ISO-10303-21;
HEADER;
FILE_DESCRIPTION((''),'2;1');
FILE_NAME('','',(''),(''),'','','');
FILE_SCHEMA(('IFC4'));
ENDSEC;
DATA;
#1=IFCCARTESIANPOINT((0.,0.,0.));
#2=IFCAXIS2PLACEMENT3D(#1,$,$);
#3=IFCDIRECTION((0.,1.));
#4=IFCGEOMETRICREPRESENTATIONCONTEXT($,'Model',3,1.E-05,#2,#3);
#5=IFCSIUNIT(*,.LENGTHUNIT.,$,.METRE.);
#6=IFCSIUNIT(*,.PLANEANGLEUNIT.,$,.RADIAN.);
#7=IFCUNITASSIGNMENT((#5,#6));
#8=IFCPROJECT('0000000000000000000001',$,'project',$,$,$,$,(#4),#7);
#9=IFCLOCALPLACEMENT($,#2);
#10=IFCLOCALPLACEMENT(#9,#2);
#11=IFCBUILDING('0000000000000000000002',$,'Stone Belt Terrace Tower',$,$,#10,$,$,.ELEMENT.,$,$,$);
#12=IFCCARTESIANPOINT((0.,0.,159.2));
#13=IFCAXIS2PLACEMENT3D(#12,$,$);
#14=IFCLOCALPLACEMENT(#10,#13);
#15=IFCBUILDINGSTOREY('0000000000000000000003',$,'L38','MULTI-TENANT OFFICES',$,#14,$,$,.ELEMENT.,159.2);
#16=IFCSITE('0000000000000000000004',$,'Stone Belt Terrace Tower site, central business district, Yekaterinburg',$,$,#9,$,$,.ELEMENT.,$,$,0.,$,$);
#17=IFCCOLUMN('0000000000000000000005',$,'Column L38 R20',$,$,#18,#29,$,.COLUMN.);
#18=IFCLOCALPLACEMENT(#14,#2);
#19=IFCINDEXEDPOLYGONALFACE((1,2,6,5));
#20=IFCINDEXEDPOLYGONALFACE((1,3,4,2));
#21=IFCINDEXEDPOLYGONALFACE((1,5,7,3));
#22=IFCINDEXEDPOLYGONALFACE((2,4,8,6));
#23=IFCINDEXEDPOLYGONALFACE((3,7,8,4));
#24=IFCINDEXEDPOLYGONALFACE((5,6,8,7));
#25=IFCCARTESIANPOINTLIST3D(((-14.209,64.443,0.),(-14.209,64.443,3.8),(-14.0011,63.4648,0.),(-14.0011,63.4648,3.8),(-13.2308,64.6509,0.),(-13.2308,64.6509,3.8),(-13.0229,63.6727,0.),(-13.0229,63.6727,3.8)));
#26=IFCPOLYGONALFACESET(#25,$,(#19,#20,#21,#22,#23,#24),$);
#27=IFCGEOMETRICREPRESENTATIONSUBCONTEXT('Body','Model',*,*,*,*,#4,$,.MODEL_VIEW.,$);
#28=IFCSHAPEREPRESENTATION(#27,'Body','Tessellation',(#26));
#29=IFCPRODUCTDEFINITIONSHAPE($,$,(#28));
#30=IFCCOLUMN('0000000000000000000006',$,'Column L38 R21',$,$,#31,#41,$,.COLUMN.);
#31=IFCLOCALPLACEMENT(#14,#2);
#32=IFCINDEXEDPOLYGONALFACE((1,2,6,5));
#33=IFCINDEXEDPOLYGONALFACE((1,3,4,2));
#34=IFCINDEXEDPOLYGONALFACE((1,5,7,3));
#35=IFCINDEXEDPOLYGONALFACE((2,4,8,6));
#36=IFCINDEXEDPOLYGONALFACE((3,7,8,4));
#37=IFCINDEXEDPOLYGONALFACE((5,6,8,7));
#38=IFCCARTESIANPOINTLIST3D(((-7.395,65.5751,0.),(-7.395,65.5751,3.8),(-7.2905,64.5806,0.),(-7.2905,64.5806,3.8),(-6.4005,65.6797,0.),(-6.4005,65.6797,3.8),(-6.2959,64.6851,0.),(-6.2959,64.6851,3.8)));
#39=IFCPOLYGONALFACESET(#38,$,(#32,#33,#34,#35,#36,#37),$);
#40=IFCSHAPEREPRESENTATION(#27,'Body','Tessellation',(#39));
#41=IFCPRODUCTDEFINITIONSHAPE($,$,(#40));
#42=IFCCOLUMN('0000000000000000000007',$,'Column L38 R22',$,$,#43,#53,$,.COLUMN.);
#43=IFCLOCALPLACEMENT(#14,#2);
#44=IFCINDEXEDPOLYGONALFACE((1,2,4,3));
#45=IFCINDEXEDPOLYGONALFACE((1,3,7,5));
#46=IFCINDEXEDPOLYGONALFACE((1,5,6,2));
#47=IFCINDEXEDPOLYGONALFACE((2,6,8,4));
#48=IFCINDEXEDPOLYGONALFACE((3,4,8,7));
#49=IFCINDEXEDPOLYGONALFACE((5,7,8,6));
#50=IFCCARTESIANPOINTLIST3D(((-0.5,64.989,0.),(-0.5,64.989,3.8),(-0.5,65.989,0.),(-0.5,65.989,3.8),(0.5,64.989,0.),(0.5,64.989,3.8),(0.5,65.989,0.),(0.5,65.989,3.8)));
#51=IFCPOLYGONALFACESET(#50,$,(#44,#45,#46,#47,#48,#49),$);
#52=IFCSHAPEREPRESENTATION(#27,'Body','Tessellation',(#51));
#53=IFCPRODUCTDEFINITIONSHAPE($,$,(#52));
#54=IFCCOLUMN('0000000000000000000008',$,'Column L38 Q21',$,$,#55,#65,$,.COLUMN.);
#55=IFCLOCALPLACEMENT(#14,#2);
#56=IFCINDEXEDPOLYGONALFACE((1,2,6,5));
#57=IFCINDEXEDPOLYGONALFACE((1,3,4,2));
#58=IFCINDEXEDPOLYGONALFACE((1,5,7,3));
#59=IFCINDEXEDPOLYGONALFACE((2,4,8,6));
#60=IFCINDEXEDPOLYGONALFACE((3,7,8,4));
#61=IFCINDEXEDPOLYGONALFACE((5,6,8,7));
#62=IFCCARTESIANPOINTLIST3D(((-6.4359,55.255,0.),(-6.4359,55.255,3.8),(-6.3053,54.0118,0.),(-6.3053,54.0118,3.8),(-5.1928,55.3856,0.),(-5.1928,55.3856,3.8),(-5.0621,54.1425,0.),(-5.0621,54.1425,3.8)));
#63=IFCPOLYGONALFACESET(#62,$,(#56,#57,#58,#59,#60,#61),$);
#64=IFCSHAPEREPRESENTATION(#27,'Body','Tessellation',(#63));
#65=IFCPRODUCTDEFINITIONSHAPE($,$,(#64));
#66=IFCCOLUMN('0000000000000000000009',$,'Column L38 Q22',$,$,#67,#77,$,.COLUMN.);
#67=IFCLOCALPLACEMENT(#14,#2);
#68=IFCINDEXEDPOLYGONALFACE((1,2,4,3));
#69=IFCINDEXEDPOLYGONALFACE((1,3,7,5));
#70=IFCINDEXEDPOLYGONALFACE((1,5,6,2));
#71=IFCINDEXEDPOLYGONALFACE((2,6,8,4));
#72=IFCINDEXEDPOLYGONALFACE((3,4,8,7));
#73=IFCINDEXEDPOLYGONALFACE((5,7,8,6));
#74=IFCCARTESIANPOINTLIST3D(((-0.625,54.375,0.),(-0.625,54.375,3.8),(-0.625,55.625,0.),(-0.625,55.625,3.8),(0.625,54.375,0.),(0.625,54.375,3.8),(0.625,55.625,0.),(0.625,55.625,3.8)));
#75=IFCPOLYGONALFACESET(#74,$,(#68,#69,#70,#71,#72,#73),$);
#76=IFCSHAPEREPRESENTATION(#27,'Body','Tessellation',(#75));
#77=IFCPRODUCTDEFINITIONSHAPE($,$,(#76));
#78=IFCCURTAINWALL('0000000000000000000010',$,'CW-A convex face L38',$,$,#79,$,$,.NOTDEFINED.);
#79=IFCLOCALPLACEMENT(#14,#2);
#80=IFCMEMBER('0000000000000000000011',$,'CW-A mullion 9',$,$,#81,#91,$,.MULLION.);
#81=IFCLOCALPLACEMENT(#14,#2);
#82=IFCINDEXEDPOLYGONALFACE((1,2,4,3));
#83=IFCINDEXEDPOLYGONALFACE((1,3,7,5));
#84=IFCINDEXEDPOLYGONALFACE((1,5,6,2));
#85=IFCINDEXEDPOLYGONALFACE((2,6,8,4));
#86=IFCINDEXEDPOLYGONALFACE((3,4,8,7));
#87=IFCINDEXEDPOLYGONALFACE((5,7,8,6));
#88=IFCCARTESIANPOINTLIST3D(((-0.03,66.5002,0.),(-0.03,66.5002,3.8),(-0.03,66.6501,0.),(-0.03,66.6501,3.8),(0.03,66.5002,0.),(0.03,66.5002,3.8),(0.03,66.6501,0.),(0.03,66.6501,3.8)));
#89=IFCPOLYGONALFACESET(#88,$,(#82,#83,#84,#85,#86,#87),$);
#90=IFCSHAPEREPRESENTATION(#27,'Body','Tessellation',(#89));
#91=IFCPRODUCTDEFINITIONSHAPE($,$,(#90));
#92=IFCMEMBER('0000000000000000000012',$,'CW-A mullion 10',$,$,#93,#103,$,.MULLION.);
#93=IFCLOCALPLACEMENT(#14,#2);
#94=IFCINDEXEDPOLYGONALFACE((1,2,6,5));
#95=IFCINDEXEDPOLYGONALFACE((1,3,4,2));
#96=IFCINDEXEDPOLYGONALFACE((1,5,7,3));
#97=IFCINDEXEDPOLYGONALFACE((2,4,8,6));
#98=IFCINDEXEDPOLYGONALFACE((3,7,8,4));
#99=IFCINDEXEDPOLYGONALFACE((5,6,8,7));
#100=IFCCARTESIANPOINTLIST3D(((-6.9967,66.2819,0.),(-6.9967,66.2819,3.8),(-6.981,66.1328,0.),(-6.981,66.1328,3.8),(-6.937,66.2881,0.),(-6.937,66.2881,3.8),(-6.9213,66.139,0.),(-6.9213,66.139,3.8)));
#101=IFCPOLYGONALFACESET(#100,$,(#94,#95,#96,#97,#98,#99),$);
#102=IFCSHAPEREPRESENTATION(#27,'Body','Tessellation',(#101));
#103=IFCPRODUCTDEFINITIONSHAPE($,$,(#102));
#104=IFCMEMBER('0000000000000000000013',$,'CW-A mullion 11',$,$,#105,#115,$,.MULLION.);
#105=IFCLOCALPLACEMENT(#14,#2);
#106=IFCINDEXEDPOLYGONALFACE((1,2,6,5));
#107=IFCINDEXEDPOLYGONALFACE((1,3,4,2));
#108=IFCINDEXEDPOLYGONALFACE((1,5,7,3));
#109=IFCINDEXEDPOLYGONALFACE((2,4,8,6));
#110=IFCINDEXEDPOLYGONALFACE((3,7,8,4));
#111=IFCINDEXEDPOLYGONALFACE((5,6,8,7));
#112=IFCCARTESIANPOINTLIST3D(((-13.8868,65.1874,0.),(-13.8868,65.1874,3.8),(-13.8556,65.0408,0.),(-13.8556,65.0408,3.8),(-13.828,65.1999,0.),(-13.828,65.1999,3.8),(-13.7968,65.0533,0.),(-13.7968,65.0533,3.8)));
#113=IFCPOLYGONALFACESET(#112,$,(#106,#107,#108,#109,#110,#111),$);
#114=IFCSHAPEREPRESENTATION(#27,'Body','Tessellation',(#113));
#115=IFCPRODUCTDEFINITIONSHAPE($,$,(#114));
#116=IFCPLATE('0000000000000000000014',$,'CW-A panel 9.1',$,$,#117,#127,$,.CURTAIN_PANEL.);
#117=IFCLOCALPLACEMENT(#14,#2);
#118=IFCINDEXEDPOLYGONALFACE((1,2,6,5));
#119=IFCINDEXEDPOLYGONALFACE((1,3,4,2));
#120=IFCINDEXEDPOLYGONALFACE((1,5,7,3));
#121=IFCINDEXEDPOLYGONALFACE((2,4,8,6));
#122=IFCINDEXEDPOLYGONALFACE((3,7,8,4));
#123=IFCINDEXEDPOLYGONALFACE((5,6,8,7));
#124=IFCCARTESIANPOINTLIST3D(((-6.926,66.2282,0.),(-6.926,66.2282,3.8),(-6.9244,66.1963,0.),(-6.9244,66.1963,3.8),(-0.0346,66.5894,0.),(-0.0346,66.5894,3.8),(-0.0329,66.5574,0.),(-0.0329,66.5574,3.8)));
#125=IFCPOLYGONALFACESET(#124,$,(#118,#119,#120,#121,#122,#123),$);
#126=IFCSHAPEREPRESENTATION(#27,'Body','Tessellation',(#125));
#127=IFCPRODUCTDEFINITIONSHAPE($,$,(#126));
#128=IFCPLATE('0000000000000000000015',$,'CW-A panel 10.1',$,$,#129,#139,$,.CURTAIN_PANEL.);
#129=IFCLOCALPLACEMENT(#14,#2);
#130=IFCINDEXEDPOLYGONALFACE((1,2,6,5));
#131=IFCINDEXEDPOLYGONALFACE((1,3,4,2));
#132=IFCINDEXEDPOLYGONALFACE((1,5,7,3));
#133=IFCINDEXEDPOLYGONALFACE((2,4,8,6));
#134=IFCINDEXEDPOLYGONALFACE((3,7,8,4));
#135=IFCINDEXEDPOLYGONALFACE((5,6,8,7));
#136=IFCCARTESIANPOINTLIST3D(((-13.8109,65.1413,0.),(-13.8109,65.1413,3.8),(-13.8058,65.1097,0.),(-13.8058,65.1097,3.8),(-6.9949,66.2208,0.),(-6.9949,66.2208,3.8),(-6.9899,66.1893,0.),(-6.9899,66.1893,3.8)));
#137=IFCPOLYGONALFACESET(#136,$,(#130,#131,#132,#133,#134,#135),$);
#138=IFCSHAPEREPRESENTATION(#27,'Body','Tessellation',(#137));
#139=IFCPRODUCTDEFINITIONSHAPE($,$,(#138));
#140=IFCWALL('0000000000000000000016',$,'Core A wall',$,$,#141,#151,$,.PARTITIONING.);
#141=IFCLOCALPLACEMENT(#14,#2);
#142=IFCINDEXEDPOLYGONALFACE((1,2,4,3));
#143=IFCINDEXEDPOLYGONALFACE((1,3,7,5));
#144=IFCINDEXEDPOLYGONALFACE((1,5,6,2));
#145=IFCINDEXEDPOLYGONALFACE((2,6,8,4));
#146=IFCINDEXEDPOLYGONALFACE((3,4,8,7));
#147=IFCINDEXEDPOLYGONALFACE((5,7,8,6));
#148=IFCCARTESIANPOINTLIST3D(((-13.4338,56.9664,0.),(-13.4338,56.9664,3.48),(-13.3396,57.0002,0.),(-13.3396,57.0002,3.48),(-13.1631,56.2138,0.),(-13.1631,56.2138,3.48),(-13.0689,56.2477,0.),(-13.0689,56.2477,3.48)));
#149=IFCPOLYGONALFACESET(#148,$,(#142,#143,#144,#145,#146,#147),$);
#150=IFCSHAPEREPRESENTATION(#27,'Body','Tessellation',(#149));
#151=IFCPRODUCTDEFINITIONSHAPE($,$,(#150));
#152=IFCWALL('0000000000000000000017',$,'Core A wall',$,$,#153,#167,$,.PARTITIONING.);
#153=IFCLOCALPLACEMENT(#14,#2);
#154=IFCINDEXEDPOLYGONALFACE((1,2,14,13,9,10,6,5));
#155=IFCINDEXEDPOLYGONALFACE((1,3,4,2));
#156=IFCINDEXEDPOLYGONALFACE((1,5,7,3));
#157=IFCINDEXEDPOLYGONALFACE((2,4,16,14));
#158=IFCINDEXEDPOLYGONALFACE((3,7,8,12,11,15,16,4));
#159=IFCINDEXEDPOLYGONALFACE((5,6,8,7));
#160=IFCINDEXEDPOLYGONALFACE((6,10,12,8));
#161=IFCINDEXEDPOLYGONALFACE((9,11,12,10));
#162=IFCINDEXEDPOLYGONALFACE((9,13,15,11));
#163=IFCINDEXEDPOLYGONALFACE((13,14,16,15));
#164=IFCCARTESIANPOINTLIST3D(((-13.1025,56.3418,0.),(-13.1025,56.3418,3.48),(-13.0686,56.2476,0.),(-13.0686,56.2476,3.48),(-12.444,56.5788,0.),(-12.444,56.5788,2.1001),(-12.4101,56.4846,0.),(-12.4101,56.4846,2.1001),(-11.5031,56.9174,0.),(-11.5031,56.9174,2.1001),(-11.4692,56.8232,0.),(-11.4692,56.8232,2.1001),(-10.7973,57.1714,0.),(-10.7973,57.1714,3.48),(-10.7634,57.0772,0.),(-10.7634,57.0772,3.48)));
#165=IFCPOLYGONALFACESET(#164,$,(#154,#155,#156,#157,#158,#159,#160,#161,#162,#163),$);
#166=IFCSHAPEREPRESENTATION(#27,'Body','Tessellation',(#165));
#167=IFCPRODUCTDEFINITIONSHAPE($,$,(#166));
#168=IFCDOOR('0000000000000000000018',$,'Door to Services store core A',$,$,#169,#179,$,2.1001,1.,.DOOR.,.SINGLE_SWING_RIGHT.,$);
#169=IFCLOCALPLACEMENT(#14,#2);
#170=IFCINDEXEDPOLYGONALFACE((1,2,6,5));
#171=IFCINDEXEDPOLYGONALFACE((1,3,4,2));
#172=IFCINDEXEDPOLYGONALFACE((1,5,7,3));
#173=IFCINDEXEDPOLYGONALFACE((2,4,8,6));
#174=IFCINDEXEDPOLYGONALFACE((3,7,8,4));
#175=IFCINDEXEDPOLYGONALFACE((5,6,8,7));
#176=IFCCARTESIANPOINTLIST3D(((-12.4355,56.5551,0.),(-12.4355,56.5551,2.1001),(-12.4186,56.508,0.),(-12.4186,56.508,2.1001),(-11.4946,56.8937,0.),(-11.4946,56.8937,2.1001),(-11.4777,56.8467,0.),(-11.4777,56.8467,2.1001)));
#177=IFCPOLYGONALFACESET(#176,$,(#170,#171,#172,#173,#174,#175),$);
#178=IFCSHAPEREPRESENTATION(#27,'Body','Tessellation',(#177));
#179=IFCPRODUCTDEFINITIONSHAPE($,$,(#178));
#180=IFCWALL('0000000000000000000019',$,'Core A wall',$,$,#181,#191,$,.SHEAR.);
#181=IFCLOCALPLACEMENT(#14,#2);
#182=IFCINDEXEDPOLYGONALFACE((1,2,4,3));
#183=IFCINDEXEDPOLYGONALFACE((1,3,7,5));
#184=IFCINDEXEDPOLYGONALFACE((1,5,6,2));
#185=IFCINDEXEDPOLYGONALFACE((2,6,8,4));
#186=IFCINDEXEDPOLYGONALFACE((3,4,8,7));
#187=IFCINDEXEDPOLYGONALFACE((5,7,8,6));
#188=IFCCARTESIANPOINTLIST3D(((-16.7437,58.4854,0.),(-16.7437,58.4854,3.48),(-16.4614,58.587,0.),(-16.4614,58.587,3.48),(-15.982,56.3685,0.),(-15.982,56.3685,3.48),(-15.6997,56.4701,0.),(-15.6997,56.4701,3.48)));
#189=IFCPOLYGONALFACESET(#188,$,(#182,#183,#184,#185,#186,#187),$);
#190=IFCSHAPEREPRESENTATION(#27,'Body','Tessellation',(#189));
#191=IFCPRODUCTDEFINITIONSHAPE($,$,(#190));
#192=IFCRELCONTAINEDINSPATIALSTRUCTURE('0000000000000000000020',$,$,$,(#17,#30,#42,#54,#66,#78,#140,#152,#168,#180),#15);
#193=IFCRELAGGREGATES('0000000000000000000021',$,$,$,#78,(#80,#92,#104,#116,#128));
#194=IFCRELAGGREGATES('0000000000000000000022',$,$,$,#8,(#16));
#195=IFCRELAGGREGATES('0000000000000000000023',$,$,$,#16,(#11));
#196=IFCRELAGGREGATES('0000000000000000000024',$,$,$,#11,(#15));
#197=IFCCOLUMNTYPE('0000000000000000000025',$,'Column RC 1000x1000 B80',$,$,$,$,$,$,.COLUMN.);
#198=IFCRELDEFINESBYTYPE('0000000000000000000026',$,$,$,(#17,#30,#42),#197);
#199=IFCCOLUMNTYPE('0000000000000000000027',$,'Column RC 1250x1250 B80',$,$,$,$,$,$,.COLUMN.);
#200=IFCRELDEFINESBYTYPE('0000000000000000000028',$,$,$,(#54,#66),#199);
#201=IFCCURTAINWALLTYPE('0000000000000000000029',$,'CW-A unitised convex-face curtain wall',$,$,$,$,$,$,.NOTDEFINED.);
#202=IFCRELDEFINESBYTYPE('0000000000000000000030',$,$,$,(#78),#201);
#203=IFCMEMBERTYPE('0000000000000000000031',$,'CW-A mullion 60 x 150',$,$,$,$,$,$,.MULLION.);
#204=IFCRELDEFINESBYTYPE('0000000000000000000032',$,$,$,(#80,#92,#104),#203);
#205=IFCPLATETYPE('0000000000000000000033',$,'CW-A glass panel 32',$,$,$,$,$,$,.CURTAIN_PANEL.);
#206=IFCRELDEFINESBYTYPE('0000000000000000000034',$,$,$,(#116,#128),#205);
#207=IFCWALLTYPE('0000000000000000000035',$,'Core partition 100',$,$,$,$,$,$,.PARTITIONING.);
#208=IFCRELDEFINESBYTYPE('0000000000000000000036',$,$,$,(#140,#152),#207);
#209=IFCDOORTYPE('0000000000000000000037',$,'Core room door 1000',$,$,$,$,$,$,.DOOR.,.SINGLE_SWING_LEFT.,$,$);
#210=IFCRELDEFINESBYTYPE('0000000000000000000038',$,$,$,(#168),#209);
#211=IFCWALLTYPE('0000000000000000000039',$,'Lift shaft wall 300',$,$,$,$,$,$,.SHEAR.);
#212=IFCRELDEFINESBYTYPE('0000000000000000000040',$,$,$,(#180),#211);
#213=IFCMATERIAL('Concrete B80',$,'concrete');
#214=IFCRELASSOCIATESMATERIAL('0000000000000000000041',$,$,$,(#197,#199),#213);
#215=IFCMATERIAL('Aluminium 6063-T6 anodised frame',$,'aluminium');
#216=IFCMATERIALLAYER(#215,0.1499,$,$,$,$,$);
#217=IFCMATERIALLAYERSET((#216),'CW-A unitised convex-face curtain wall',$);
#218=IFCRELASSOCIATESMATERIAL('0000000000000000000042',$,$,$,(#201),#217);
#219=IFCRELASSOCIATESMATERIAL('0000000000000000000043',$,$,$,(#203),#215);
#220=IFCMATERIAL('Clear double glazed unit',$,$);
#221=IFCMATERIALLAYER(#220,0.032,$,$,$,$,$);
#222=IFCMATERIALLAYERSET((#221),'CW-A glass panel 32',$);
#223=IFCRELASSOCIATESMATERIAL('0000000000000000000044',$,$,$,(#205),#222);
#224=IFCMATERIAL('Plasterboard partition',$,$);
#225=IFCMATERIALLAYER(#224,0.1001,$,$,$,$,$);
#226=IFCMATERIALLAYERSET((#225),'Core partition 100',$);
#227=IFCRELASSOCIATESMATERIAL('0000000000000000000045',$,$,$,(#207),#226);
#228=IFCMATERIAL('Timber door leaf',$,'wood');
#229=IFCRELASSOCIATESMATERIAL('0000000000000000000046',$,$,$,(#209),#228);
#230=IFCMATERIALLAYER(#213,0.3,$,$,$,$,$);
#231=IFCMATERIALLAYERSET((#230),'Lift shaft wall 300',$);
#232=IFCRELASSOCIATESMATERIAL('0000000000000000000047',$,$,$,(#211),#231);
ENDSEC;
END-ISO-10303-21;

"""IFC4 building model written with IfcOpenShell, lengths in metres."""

from ifc_helpers import new_model, si_unit, direction, frame, frame_2d, origin, origin_2d, place, context, subcontext, project, spatial, rectangle, extrude, material, layer, layer_set, material_profile, profile_set, type_object, element, fill, aggregate, save


model = new_model("IFC4")

# Units and contexts
model_context = context("Model", 3, precision=1e-05, world=origin(), true_north=direction((0.0, 1.0)))
body_context = subcontext(model_context, "Body", "Model", "MODEL_VIEW")
ifc_project = project(units=[si_unit("LENGTHUNIT", "METRE"), si_unit("PLANEANGLEUNIT", "RADIAN")], contexts=[model_context])

# Site, building, storey
site_placement = place(None, origin())
site = spatial("IfcSite", under=ifc_project, at=site_placement, Name="Stone Belt Terrace Tower site, central business district, Yekaterinburg", CompositionType="ELEMENT", RefElevation=0.0)
building_placement = place(site_placement, origin())
building = spatial("IfcBuilding", under=site, at=building_placement, Name="Stone Belt Terrace Tower", CompositionType="ELEMENT")
storey_placement = place(building_placement, frame((0.0, 0.0, 159.2)))
storey = spatial("IfcBuildingStorey", under=building, at=storey_placement, Name="L38", Description="MULTI-TENANT OFFICES", CompositionType="ELEMENT", Elevation=159.2)

# Columns
ifc_material_1 = material(Name="Concrete B80", Category="concrete")
ifc_material_profile_1 = material_profile(ifc_material_1, rectangle(XDim=1.0, YDim=1.0, at=origin_2d()), Name="RC 1000x1000")
ifc_profile_set_1 = profile_set([ifc_material_profile_1], Name="Concrete B80")
column_type_1 = type_object("IfcColumnType", Name="Column RC 1000x1000 B80", PredefinedType="COLUMN", material=ifc_profile_set_1)
for number, where, z_axis, x_axis, name in (
    (1, (-13.616, 64.0579, 0.0), (0.0, 0.0, 1.0), (0.978148, 0.207912, 0.0), "Column L38 R20"),
    (2, (-6.8455, 65.1301, 0.0), (0.0, 0.0, 1.0), (0.994522, 0.104528, 0.0), "Column L38 R21"),
    (3, (0.0, 65.489, 0.0), (0.0, 0.0, 1.0), (1.0, 0.0, 0.0), "Column L38 R22"),
):
    element("IfcColumn", number, at=place(storey_placement, frame(where, z_axis=z_axis, x_axis=x_axis)), inside=storey, type_object=column_type_1, Name=name, PredefinedType="COLUMN", context=body_context, shape_type="SweptSolid", body=[
        extrude(rectangle(XDim=1.0, YDim=1.0, at=origin_2d()), origin(), (0.0, 0.0, 1.0), 3.8),
    ])
ifc_material_profile_2 = material_profile(ifc_material_1, rectangle(XDim=1.25, YDim=1.25, at=origin_2d()), Name="RC 1250x1250")
ifc_profile_set_2 = profile_set([ifc_material_profile_2], Name="Concrete B80")
column_type_2 = type_object("IfcColumnType", Name="Column RC 1250x1250 B80", PredefinedType="COLUMN", material=ifc_profile_set_2)
for number, where, z_axis, x_axis, name in (
    (4, (-5.749, 54.6987, 0.0), (0.0, 0.0, 1.0), (0.994522, 0.104528, 0.0), "Column L38 Q21"),
    (5, (0.0, 55.0, 0.0), (0.0, 0.0, 1.0), (1.0, 0.0, 0.0), "Column L38 Q22"),
):
    element("IfcColumn", number, at=place(storey_placement, frame(where, z_axis=z_axis, x_axis=x_axis)), inside=storey, type_object=column_type_2, Name=name, PredefinedType="COLUMN", context=body_context, shape_type="SweptSolid", body=[
        extrude(rectangle(XDim=1.25, YDim=1.25, at=origin_2d()), origin(), (0.0, 0.0, 1.0), 3.8),
    ])

# Curtain wall, members, plates
ifc_material_2 = material(Name="Aluminium 6063-T6 anodised frame", Category="aluminium")
ifc_layer_1 = layer(ifc_material_2, 0.1499)
ifc_layer_set_1 = layer_set([ifc_layer_1], Name="CW-A unitised convex-face curtain wall")
curtain_wall_type = type_object("IfcCurtainWallType", Name="CW-A unitised convex-face curtain wall", PredefinedType="NOTDEFINED", material=ifc_layer_set_1)
curtain_wall_placement = place(storey_placement, origin())
curtain_wall = element("IfcCurtainWall", 6, at=curtain_wall_placement, inside=storey, type_object=curtain_wall_type, Name="CW-A convex face L38", PredefinedType="NOTDEFINED")
ifc_material_profile_3 = material_profile(ifc_material_2, rectangle(XDim=0.1499, YDim=0.0601, at=origin_2d()), Name="Aluminium 6063-T6 60x150")
ifc_profile_set_3 = profile_set([ifc_material_profile_3], Name="Aluminium 6063-T6 anodised frame")
member_type = type_object("IfcMemberType", Name="CW-A mullion 60 x 150", PredefinedType="MULLION", material=ifc_profile_set_3)
member_1_placement = place(storey_placement, frame((0.0, 66.5752, 0.0), z_axis=(0.0, 0.0, 1.0), x_axis=(0.0, -1.0, 0.0)))
member_1 = element("IfcMember", 7, at=member_1_placement, type_object=member_type, Name="CW-A mullion 9", PredefinedType="MULLION", context=body_context, shape_type="SweptSolid", body=[
    extrude(rectangle(XDim=0.1499, YDim=0.0601, at=origin_2d()), origin(), (0.0, 0.0, 1.0), 3.8),
])
member_2_placement = place(storey_placement, frame((-6.959, 66.2104, 0.0), z_axis=(0.0, 0.0, 1.0), x_axis=(0.104528, -0.994522, 0.0)))
member_2 = element("IfcMember", 8, at=member_2_placement, type_object=member_type, Name="CW-A mullion 10", PredefinedType="MULLION", context=body_context, shape_type="SweptSolid", body=[
    extrude(rectangle(XDim=0.1499, YDim=0.0601, at=origin_2d()), origin(), (0.0, 0.0, 1.0), 3.8),
])
member_3_placement = place(storey_placement, frame((-13.8418, 65.1204, 0.0), z_axis=(0.0, 0.0, 1.0), x_axis=(0.207912, -0.978148, 0.0)))
member_3 = element("IfcMember", 9, at=member_3_placement, type_object=member_type, Name="CW-A mullion 11", PredefinedType="MULLION", context=body_context, shape_type="SweptSolid", body=[
    extrude(rectangle(XDim=0.1499, YDim=0.0601, at=origin_2d()), origin(), (0.0, 0.0, 1.0), 3.8),
])
ifc_material_3 = material(Name="Clear double glazed unit")
ifc_layer_2 = layer(ifc_material_3, 0.032)
ifc_layer_set_2 = layer_set([ifc_layer_2], Name="CW-A glass panel 32")
plate_type = type_object("IfcPlateType", Name="CW-A glass panel 32", PredefinedType="CURTAIN_PANEL", material=ifc_layer_set_2)
plate_1_placement = place(storey_placement, frame((-3.4795, 66.3928, 0.0), z_axis=(0.0, 0.0, 1.0), x_axis=(-0.99863, -0.052336, 0.0)))
plate_1 = element("IfcPlate", 10, at=plate_1_placement, type_object=plate_type, Name="CW-A panel 9.1", PredefinedType="CURTAIN_PANEL", context=body_context, shape_type="SweptSolid", body=[
    extrude(rectangle(XDim=6.9009, YDim=0.032, at=origin_2d()), origin(), (0.0, 0.0, 1.0), 3.8),
])
plate_2_placement = place(storey_placement, frame((-10.4004, 65.6653, 0.0), z_axis=(0.0, 0.0, 1.0), x_axis=(-0.987688, -0.156434, 0.0)))
plate_2 = element("IfcPlate", 11, at=plate_2_placement, type_object=plate_type, Name="CW-A panel 10.1", PredefinedType="CURTAIN_PANEL", context=body_context, shape_type="SweptSolid", body=[
    extrude(rectangle(XDim=6.9009, YDim=0.032, at=origin_2d()), origin(), (0.0, 0.0, 1.0), 3.8),
])
aggregate(curtain_wall, [member_1, member_2, member_3, plate_1, plate_2])

# Wall
ifc_material_4 = material(Name="Plasterboard partition")
ifc_layer_3 = layer(ifc_material_4, 0.1001)
ifc_layer_set_3 = layer_set([ifc_layer_3], Name="Core partition 100")
wall_type_1 = type_object("IfcWallType", Name="Core partition 100", PredefinedType="PARTITIONING", material=ifc_layer_set_3)
wall_1_placement = place(storey_placement, frame((-13.116, 56.2307, 0.0), z_axis=(0.0, 0.0, 1.0), x_axis=(-0.338482, 0.940973, 0.0)))
element("IfcWall", 12, at=wall_1_placement, inside=storey, type_object=wall_type_1, Name="Core A wall", PredefinedType="PARTITIONING", context=body_context, shape_type="SweptSolid", body=[
    extrude(rectangle(XDim=0.7998, YDim=0.1001, at=frame_2d((0.3999, 0.0))), origin(), (0.0, 0.0, 1.0), 3.48),
])

# Wall, opening, door
wall_2_placement = place(storey_placement, frame((-13.0857, 56.2947, 0.0), z_axis=(0.0, 0.0, 1.0), x_axis=(0.940923, 0.338621, 0.0)))
wall_2 = element("IfcWall", 13, at=wall_2_placement, inside=storey, type_object=wall_type_1, Name="Core A wall", PredefinedType="PARTITIONING", context=body_context, shape_type="SweptSolid", body=[
    extrude(rectangle(XDim=2.45, YDim=0.1001, at=frame_2d((1.2251, 0.0))), origin(), (0.0, 0.0, 1.0), 3.48),
])
opening_1_placement = place(wall_2_placement, frame((0.7, 0.0, 0.0)))
opening_1 = element("IfcOpeningElement", 14, at=opening_1_placement, cuts=wall_2, PredefinedType="OPENING", context=body_context, shape_type="SweptSolid", body=[
    extrude(rectangle(XDim=1.0, YDim=2.1001, at=frame_2d((0.5, 1.05))), frame((0.0, 0.0601, 0.0), z_axis=(0.0, -1.0, 0.0), x_axis=(1.0, 0.0, 0.0)), (0.0, 0.0, 1.0), 0.1201),
])
ifc_material_5 = material(Name="Timber door leaf", Category="wood")
door_type_1 = type_object("IfcDoorType", Name="Core room door 1000", OperationType="SINGLE_SWING_LEFT", PredefinedType="DOOR", material=ifc_material_5)
door_1_placement = place(opening_1_placement, origin())
door_1 = element("IfcDoor", 15, at=door_1_placement, inside=storey, type_object=door_type_1, Name="Door to Services store core A", OperationType="SINGLE_SWING_RIGHT", OverallHeight=2.1001, OverallWidth=1.0, PredefinedType="DOOR", context=body_context, shape_type="SweptSolid", body=[
    extrude(rectangle(XDim=1.0, YDim=2.1001, at=frame_2d((0.5, 1.05))), frame((0.0, 0.0249, 0.0), z_axis=(0.0, -1.0, 0.0), x_axis=(1.0, 0.0, 0.0)), (0.0, 0.0, 1.0), 0.05),
])
fill(opening_1, door_1)

# Wall
ifc_layer_4 = layer(ifc_material_1, 0.3)
ifc_layer_set_4 = layer_set([ifc_layer_4], Name="Lift shaft wall 300")
wall_type_2 = type_object("IfcWallType", Name="Lift shaft wall 300", PredefinedType="SHEAR", material=ifc_layer_set_4)
wall_3_placement = place(storey_placement, frame((-15.8408, 56.4192, 0.0), z_axis=(0.0, 0.0, 1.0), x_axis=(-0.33857, 0.940941, 0.0)))
element("IfcWall", 16, at=wall_3_placement, inside=storey, type_object=wall_type_2, Name="Core A wall", PredefinedType="SHEAR", context=body_context, shape_type="SweptSolid", body=[
    extrude(rectangle(XDim=2.2498, YDim=0.3, at=frame_2d((1.125, 0.0))), origin(), (0.0, 0.0, 1.0), 3.48),
])

save(model, "model.ifc")
